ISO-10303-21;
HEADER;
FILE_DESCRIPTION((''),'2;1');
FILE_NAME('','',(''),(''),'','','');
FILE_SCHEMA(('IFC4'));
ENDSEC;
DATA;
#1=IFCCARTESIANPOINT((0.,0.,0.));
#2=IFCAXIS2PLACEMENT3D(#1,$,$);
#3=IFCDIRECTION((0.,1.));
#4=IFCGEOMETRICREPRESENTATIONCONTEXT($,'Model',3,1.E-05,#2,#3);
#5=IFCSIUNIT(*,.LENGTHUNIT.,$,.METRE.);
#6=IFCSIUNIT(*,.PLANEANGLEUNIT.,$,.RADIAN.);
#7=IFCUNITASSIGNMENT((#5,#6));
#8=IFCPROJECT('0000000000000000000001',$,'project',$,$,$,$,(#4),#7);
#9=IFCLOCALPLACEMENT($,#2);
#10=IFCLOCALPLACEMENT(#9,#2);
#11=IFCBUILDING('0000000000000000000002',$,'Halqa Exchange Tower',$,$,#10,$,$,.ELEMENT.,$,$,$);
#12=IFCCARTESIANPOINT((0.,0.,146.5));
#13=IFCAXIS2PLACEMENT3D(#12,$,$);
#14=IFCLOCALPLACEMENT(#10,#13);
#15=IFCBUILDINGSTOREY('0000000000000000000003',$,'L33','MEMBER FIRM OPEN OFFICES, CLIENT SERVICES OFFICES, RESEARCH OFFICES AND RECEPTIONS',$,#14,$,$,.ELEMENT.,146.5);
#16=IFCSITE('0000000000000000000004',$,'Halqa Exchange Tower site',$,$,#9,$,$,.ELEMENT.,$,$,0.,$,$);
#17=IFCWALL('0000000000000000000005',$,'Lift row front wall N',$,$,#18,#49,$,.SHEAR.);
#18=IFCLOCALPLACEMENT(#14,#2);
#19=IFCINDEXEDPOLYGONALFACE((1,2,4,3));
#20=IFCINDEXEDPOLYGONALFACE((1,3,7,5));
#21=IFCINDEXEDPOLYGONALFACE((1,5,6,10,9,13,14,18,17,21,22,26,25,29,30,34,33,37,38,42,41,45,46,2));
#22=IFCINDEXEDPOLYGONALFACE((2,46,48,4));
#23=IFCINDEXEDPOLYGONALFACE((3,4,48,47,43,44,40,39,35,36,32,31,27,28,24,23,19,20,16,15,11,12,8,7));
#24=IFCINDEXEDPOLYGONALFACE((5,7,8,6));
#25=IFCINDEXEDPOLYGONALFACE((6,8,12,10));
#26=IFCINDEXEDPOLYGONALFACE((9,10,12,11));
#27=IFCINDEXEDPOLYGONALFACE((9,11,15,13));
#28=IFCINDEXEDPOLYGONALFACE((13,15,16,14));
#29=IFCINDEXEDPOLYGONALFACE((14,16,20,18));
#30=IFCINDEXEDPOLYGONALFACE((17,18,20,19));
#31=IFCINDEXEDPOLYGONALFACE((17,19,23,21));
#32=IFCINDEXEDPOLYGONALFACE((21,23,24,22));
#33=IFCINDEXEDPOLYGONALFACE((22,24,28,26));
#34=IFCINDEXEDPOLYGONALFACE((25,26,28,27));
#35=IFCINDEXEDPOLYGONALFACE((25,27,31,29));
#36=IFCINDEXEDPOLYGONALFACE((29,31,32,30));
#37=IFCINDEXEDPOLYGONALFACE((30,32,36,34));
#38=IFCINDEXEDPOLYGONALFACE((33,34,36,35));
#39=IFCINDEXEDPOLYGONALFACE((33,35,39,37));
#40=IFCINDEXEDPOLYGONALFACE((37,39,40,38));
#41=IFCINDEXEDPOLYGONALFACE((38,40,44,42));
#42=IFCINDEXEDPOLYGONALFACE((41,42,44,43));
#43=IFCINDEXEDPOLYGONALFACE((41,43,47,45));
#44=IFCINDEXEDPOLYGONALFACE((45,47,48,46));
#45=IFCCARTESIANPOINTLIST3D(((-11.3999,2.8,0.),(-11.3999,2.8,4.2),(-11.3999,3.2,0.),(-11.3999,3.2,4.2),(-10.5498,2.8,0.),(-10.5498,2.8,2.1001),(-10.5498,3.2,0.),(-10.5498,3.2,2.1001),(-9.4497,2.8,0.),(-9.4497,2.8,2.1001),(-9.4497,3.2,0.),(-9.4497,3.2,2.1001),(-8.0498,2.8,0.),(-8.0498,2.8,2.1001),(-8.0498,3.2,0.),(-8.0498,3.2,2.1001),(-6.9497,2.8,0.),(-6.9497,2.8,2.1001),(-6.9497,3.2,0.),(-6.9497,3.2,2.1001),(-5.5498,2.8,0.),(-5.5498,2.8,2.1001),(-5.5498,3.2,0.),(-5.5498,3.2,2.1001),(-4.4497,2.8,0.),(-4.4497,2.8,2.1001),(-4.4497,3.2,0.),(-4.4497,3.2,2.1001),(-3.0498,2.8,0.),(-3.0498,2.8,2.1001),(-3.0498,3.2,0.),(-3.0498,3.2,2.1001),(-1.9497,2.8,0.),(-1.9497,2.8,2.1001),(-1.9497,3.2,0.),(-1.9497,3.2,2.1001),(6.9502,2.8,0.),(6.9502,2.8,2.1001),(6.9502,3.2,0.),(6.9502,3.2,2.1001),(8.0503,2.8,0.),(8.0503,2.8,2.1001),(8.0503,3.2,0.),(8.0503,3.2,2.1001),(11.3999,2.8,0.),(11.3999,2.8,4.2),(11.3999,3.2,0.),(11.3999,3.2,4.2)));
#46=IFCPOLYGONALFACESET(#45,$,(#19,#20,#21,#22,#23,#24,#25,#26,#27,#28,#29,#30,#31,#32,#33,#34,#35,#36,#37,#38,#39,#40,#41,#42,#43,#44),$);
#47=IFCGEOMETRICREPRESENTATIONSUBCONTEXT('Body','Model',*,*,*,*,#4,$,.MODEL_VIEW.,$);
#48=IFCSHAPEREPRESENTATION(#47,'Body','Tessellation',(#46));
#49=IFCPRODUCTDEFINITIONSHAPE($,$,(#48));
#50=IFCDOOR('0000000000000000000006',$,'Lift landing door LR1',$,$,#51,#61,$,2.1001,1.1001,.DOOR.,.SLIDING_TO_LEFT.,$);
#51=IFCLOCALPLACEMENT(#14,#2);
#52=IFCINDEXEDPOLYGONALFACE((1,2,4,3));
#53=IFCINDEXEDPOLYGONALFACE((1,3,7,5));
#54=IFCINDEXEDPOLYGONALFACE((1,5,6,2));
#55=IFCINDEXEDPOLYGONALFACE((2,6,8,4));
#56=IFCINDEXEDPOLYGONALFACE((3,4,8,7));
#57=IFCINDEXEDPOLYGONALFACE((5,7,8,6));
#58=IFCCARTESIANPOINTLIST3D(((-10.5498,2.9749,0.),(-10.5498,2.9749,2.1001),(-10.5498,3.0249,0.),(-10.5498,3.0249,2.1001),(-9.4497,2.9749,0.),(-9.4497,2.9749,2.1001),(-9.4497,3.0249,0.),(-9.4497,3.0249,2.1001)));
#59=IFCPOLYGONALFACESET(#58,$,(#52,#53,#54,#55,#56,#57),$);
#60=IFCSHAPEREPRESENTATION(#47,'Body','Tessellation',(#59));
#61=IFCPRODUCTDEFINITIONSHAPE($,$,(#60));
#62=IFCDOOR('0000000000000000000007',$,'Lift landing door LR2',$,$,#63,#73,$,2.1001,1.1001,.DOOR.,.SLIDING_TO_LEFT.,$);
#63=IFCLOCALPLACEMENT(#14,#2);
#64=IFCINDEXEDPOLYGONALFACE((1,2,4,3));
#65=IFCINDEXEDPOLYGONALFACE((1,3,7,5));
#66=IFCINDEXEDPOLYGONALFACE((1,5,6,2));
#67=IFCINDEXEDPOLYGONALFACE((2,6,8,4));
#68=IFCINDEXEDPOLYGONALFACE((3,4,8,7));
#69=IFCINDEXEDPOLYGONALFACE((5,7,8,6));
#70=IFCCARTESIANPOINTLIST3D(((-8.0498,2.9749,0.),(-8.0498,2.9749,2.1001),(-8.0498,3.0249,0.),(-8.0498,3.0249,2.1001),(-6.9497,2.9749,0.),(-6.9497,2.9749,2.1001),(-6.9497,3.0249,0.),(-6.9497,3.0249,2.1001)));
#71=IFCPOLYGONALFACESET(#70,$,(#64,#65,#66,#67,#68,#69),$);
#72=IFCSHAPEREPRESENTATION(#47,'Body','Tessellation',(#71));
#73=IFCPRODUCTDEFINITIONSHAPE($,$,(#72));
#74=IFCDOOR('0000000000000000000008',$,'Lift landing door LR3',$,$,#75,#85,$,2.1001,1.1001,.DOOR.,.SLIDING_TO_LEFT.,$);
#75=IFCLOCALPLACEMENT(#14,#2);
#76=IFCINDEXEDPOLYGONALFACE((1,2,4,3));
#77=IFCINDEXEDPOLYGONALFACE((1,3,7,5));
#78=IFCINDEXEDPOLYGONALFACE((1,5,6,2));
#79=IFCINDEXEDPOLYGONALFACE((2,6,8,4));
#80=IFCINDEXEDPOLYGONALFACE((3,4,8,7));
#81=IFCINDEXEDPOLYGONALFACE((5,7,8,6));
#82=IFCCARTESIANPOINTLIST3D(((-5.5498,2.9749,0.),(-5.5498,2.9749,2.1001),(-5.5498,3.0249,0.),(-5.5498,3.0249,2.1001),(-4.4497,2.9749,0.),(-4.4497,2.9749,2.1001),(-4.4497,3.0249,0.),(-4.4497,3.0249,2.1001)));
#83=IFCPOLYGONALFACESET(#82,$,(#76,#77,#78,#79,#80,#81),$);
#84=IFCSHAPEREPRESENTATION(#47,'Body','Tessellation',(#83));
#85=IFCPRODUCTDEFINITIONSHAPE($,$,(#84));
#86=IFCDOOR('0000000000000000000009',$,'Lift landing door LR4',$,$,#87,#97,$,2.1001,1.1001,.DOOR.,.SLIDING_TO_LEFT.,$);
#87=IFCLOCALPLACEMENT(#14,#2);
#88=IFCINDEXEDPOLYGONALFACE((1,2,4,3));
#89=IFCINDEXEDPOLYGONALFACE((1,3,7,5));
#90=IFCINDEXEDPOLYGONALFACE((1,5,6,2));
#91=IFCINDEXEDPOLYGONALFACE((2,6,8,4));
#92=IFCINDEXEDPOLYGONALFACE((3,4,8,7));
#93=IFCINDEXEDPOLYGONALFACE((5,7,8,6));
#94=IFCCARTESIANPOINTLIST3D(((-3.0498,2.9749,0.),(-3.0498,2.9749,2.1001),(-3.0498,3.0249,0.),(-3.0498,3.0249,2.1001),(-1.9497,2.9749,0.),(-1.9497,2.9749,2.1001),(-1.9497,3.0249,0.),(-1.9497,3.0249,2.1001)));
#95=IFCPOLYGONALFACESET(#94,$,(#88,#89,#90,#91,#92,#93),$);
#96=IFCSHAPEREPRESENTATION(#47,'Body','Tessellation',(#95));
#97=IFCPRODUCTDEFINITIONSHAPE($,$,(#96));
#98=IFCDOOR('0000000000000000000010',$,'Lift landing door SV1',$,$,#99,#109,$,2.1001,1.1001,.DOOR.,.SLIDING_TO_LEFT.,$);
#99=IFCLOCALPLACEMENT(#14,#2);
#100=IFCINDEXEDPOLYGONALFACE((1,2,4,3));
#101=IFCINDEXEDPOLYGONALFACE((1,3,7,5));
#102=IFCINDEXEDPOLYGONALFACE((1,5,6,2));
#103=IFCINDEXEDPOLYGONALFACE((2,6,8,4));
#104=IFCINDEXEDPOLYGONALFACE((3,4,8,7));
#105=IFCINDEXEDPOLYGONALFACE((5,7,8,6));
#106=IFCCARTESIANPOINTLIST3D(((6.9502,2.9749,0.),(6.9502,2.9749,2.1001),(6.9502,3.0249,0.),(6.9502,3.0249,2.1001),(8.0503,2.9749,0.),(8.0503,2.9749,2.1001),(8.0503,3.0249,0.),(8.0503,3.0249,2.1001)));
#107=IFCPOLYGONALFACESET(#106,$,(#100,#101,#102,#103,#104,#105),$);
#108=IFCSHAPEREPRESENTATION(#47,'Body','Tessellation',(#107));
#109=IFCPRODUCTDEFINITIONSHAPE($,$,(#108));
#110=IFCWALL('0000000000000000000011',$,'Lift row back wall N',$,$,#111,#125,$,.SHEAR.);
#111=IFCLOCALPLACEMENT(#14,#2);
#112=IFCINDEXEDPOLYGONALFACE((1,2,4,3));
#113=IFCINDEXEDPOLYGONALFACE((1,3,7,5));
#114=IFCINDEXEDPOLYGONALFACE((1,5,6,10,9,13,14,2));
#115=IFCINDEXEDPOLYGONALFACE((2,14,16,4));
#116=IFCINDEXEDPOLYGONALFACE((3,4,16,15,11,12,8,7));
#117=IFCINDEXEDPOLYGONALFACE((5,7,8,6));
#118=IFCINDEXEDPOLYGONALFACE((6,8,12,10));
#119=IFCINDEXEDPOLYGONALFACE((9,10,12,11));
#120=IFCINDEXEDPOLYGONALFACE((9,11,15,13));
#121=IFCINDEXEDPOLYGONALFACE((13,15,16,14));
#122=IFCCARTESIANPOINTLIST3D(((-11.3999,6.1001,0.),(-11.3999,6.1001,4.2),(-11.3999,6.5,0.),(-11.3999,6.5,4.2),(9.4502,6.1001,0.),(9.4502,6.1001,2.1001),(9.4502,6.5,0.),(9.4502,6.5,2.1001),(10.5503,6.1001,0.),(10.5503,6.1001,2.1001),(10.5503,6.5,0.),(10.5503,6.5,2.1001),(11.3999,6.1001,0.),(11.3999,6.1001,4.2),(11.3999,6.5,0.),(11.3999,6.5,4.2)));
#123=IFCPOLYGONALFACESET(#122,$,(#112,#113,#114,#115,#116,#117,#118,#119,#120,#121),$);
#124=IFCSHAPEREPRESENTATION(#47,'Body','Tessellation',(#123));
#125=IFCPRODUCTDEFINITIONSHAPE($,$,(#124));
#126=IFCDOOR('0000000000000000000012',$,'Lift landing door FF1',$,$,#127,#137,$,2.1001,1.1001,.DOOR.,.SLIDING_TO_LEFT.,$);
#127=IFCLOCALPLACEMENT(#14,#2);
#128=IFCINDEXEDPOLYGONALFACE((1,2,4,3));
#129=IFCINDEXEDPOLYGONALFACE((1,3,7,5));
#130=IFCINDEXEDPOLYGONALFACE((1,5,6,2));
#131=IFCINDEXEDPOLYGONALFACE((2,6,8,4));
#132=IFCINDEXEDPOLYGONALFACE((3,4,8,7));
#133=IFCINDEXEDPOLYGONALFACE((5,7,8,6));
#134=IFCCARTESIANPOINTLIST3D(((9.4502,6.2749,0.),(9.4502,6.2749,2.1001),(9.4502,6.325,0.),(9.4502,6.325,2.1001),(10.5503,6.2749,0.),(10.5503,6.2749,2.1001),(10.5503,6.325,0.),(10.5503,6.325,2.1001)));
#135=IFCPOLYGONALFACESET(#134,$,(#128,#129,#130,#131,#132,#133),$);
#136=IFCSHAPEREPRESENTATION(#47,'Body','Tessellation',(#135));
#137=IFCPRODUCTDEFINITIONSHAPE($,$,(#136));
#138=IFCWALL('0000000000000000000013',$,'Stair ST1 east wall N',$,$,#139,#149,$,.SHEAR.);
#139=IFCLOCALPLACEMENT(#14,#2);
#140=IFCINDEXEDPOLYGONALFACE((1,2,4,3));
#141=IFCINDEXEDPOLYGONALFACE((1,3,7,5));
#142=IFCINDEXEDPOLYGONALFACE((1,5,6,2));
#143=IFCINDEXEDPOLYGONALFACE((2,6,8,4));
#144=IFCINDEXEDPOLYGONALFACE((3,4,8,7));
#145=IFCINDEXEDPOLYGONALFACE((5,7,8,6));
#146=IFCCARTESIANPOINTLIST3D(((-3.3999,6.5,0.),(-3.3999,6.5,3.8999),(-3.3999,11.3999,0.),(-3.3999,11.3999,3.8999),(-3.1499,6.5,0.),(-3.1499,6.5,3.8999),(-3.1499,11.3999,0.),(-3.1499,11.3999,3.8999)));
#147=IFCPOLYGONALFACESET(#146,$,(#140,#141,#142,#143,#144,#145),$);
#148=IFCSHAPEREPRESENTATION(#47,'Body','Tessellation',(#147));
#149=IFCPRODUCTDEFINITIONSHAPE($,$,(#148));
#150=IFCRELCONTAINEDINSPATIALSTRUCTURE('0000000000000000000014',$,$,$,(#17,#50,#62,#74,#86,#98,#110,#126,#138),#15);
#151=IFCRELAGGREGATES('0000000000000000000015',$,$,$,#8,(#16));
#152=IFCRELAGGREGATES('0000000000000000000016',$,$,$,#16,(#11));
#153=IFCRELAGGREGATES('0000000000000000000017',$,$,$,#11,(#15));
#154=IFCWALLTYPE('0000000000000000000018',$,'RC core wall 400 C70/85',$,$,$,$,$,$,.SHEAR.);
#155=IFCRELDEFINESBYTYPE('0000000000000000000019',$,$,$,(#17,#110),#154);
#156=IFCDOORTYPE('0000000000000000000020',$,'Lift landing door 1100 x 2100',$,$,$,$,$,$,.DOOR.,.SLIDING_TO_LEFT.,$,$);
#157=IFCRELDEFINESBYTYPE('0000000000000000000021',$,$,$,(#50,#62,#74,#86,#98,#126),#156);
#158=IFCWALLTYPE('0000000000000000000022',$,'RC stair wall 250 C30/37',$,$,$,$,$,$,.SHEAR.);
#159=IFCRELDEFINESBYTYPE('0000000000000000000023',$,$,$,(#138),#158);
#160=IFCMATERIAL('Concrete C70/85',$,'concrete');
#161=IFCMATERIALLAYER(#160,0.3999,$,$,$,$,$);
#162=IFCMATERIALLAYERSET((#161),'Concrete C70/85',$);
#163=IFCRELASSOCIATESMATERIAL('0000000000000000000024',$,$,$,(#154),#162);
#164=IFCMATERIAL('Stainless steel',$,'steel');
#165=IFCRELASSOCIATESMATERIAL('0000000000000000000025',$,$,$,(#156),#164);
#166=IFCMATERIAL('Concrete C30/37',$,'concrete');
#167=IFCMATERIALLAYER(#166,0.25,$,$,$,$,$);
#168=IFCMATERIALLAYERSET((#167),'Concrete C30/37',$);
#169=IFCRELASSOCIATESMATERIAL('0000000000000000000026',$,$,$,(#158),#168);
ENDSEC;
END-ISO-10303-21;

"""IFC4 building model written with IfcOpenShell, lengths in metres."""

from ifc_helpers import new_model, si_unit, direction, frame, frame_2d, origin, place, context, subcontext, project, spatial, rectangle, extrude, material, layer, layer_set, type_object, element, fill, save


model = new_model("IFC4")

# Units and contexts
model_context = context("Model", 3, precision=1e-05, world=origin(), true_north=direction((0.0, 1.0)))
body_context = subcontext(model_context, "Body", "Model", "MODEL_VIEW")
ifc_project = project(units=[si_unit("LENGTHUNIT", "METRE"), si_unit("PLANEANGLEUNIT", "RADIAN")], contexts=[model_context])

# Site, building, storey
site_placement = place(None, origin())
site = spatial("IfcSite", under=ifc_project, at=site_placement, Name="Halqa Exchange Tower site", CompositionType="ELEMENT", RefElevation=0.0)
building_placement = place(site_placement, origin())
building = spatial("IfcBuilding", under=site, at=building_placement, Name="Halqa Exchange Tower", CompositionType="ELEMENT")
storey_placement = place(building_placement, frame((0.0, 0.0, 146.5)))
storey = spatial("IfcBuildingStorey", under=building, at=storey_placement, Name="L33", Description="MEMBER FIRM OPEN OFFICES, CLIENT SERVICES OFFICES, RESEARCH OFFICES AND RECEPTIONS", CompositionType="ELEMENT", Elevation=146.5)

# Wall, openings, doors
ifc_material_1 = material(Name="Concrete C70/85", Category="concrete")
ifc_layer_1 = layer(ifc_material_1, 0.3999)
ifc_layer_set_1 = layer_set([ifc_layer_1], Name="Concrete C70/85")
wall_type_1 = type_object("IfcWallType", Name="RC core wall 400 C70/85", PredefinedType="SHEAR", material=ifc_layer_set_1)
wall_1_placement = place(storey_placement, frame((-11.3999, 3.0, 0.0), z_axis=(0.0, 0.0, 1.0), x_axis=(1.0, 0.0, 0.0)))
wall_1 = element("IfcWall", 1, at=wall_1_placement, inside=storey, type_object=wall_type_1, Name="Lift row front wall N", PredefinedType="SHEAR", context=body_context, shape_type="SweptSolid", body=[
    extrude(rectangle(XDim=22.7998, YDim=0.3999, at=frame_2d((11.3999, 0.0))), origin(), (0.0, 0.0, 1.0), 4.2),
])
opening_1_placement = place(wall_1_placement, frame((0.8501, 0.0, 0.0)))
opening_1 = element("IfcOpeningElement", 2, at=opening_1_placement, cuts=wall_1, PredefinedType="OPENING", context=body_context, shape_type="SweptSolid", body=[
    extrude(rectangle(XDim=1.1001, YDim=2.1001, at=frame_2d((0.55, 1.05))), frame((0.0, 0.2119, 0.0), z_axis=(0.0, -1.0, 0.0), x_axis=(1.0, 0.0, 0.0)), (0.0, 0.0, 1.0), 0.4238),
])
opening_2_placement = place(wall_1_placement, frame((3.3501, 0.0, 0.0)))
opening_2 = element("IfcOpeningElement", 3, at=opening_2_placement, cuts=wall_1, PredefinedType="OPENING", context=body_context, shape_type="SweptSolid", body=[
    extrude(rectangle(XDim=1.1001, YDim=2.1001, at=frame_2d((0.55, 1.05))), frame((0.0, 0.2119, 0.0), z_axis=(0.0, -1.0, 0.0), x_axis=(1.0, 0.0, 0.0)), (0.0, 0.0, 1.0), 0.4238),
])
opening_3_placement = place(wall_1_placement, frame((5.8501, 0.0, 0.0)))
opening_3 = element("IfcOpeningElement", 4, at=opening_3_placement, cuts=wall_1, PredefinedType="OPENING", context=body_context, shape_type="SweptSolid", body=[
    extrude(rectangle(XDim=1.1001, YDim=2.1001, at=frame_2d((0.55, 1.05))), frame((0.0, 0.2119, 0.0), z_axis=(0.0, -1.0, 0.0), x_axis=(1.0, 0.0, 0.0)), (0.0, 0.0, 1.0), 0.4238),
])
opening_4_placement = place(wall_1_placement, frame((8.3501, 0.0, 0.0)))
opening_4 = element("IfcOpeningElement", 5, at=opening_4_placement, cuts=wall_1, PredefinedType="OPENING", context=body_context, shape_type="SweptSolid", body=[
    extrude(rectangle(XDim=1.1001, YDim=2.1001, at=frame_2d((0.55, 1.05))), frame((0.0, 0.2119, 0.0), z_axis=(0.0, -1.0, 0.0), x_axis=(1.0, 0.0, 0.0)), (0.0, 0.0, 1.0), 0.4238),
])
opening_5_placement = place(wall_1_placement, frame((18.3501, 0.0, 0.0)))
opening_5 = element("IfcOpeningElement", 6, at=opening_5_placement, cuts=wall_1, PredefinedType="OPENING", context=body_context, shape_type="SweptSolid", body=[
    extrude(rectangle(XDim=1.1001, YDim=2.1001, at=frame_2d((0.55, 1.05))), frame((0.0, 0.2119, 0.0), z_axis=(0.0, -1.0, 0.0), x_axis=(1.0, 0.0, 0.0)), (0.0, 0.0, 1.0), 0.4238),
])
ifc_material_2 = material(Name="Stainless steel", Category="steel")
door_type = type_object("IfcDoorType", Name="Lift landing door 1100 x 2100", OperationType="SLIDING_TO_LEFT", PredefinedType="DOOR", material=ifc_material_2)
door_1_placement = place(opening_1_placement, origin())
door_1 = element("IfcDoor", 7, at=door_1_placement, inside=storey, type_object=door_type, Name="Lift landing door LR1", OperationType="SLIDING_TO_LEFT", OverallHeight=2.1001, OverallWidth=1.1001, PredefinedType="DOOR", context=body_context, shape_type="SweptSolid", body=[
    extrude(rectangle(XDim=1.1001, YDim=2.1001, at=frame_2d((0.55, 1.05))), frame((0.0, 0.0249, 0.0), z_axis=(0.0, -1.0, 0.0), x_axis=(1.0, 0.0, 0.0)), (0.0, 0.0, 1.0), 0.05),
])
fill(opening_1, door_1)
door_2_placement = place(opening_2_placement, origin())
door_2 = element("IfcDoor", 8, at=door_2_placement, inside=storey, type_object=door_type, Name="Lift landing door LR2", OperationType="SLIDING_TO_LEFT", OverallHeight=2.1001, OverallWidth=1.1001, PredefinedType="DOOR", context=body_context, shape_type="SweptSolid", body=[
    extrude(rectangle(XDim=1.1001, YDim=2.1001, at=frame_2d((0.55, 1.05))), frame((0.0, 0.0249, 0.0), z_axis=(0.0, -1.0, 0.0), x_axis=(1.0, 0.0, 0.0)), (0.0, 0.0, 1.0), 0.05),
])
fill(opening_2, door_2)
door_3_placement = place(opening_3_placement, origin())
door_3 = element("IfcDoor", 9, at=door_3_placement, inside=storey, type_object=door_type, Name="Lift landing door LR3", OperationType="SLIDING_TO_LEFT", OverallHeight=2.1001, OverallWidth=1.1001, PredefinedType="DOOR", context=body_context, shape_type="SweptSolid", body=[
    extrude(rectangle(XDim=1.1001, YDim=2.1001, at=frame_2d((0.55, 1.05))), frame((0.0, 0.0249, 0.0), z_axis=(0.0, -1.0, 0.0), x_axis=(1.0, 0.0, 0.0)), (0.0, 0.0, 1.0), 0.05),
])
fill(opening_3, door_3)
door_4_placement = place(opening_4_placement, origin())
door_4 = element("IfcDoor", 10, at=door_4_placement, inside=storey, type_object=door_type, Name="Lift landing door LR4", OperationType="SLIDING_TO_LEFT", OverallHeight=2.1001, OverallWidth=1.1001, PredefinedType="DOOR", context=body_context, shape_type="SweptSolid", body=[
    extrude(rectangle(XDim=1.1001, YDim=2.1001, at=frame_2d((0.55, 1.05))), frame((0.0, 0.0249, 0.0), z_axis=(0.0, -1.0, 0.0), x_axis=(1.0, 0.0, 0.0)), (0.0, 0.0, 1.0), 0.05),
])
fill(opening_4, door_4)
door_5_placement = place(opening_5_placement, origin())
door_5 = element("IfcDoor", 11, at=door_5_placement, inside=storey, type_object=door_type, Name="Lift landing door SV1", OperationType="SLIDING_TO_LEFT", OverallHeight=2.1001, OverallWidth=1.1001, PredefinedType="DOOR", context=body_context, shape_type="SweptSolid", body=[
    extrude(rectangle(XDim=1.1001, YDim=2.1001, at=frame_2d((0.55, 1.05))), frame((0.0, 0.0249, 0.0), z_axis=(0.0, -1.0, 0.0), x_axis=(1.0, 0.0, 0.0)), (0.0, 0.0, 1.0), 0.05),
])
fill(opening_5, door_5)

# Wall, opening, door
wall_2_placement = place(storey_placement, frame((-11.3999, 6.3, 0.0), z_axis=(0.0, 0.0, 1.0), x_axis=(1.0, 0.0, 0.0)))
wall_2 = element("IfcWall", 12, at=wall_2_placement, inside=storey, type_object=wall_type_1, Name="Lift row back wall N", PredefinedType="SHEAR", context=body_context, shape_type="SweptSolid", body=[
    extrude(rectangle(XDim=22.7998, YDim=0.3999, at=frame_2d((11.3999, 0.0))), origin(), (0.0, 0.0, 1.0), 4.2),
])
opening_6_placement = place(wall_2_placement, frame((20.8501, 0.0, 0.0)))
opening_6 = element("IfcOpeningElement", 13, at=opening_6_placement, cuts=wall_2, PredefinedType="OPENING", context=body_context, shape_type="SweptSolid", body=[
    extrude(rectangle(XDim=1.1001, YDim=2.1001, at=frame_2d((0.55, 1.05))), frame((0.0, 0.2119, 0.0), z_axis=(0.0, -1.0, 0.0), x_axis=(1.0, 0.0, 0.0)), (0.0, 0.0, 1.0), 0.4238),
])
door_6_placement = place(opening_6_placement, origin())
door_6 = element("IfcDoor", 14, at=door_6_placement, inside=storey, type_object=door_type, Name="Lift landing door FF1", OperationType="SLIDING_TO_LEFT", OverallHeight=2.1001, OverallWidth=1.1001, PredefinedType="DOOR", context=body_context, shape_type="SweptSolid", body=[
    extrude(rectangle(XDim=1.1001, YDim=2.1001, at=frame_2d((0.55, 1.05))), frame((0.0, 0.0249, 0.0), z_axis=(0.0, -1.0, 0.0), x_axis=(1.0, 0.0, 0.0)), (0.0, 0.0, 1.0), 0.05),
])
fill(opening_6, door_6)

# Wall
ifc_material_3 = material(Name="Concrete C30/37", Category="concrete")
ifc_layer_2 = layer(ifc_material_3, 0.25)
ifc_layer_set_2 = layer_set([ifc_layer_2], Name="Concrete C30/37")
wall_type_2 = type_object("IfcWallType", Name="RC stair wall 250 C30/37", PredefinedType="SHEAR", material=ifc_layer_set_2)
wall_3_placement = place(storey_placement, frame((-3.2749, 6.5, 0.0), z_axis=(0.0, 0.0, 1.0), x_axis=(0.0, 1.0, 0.0)))
element("IfcWall", 15, at=wall_3_placement, inside=storey, type_object=wall_type_2, Name="Stair ST1 east wall N", PredefinedType="SHEAR", context=body_context, shape_type="SweptSolid", body=[
    extrude(rectangle(XDim=4.8999, YDim=0.25, at=frame_2d((2.45, 0.0))), origin(), (0.0, 0.0, 1.0), 3.8999),
])

save(model, "model.ifc")
